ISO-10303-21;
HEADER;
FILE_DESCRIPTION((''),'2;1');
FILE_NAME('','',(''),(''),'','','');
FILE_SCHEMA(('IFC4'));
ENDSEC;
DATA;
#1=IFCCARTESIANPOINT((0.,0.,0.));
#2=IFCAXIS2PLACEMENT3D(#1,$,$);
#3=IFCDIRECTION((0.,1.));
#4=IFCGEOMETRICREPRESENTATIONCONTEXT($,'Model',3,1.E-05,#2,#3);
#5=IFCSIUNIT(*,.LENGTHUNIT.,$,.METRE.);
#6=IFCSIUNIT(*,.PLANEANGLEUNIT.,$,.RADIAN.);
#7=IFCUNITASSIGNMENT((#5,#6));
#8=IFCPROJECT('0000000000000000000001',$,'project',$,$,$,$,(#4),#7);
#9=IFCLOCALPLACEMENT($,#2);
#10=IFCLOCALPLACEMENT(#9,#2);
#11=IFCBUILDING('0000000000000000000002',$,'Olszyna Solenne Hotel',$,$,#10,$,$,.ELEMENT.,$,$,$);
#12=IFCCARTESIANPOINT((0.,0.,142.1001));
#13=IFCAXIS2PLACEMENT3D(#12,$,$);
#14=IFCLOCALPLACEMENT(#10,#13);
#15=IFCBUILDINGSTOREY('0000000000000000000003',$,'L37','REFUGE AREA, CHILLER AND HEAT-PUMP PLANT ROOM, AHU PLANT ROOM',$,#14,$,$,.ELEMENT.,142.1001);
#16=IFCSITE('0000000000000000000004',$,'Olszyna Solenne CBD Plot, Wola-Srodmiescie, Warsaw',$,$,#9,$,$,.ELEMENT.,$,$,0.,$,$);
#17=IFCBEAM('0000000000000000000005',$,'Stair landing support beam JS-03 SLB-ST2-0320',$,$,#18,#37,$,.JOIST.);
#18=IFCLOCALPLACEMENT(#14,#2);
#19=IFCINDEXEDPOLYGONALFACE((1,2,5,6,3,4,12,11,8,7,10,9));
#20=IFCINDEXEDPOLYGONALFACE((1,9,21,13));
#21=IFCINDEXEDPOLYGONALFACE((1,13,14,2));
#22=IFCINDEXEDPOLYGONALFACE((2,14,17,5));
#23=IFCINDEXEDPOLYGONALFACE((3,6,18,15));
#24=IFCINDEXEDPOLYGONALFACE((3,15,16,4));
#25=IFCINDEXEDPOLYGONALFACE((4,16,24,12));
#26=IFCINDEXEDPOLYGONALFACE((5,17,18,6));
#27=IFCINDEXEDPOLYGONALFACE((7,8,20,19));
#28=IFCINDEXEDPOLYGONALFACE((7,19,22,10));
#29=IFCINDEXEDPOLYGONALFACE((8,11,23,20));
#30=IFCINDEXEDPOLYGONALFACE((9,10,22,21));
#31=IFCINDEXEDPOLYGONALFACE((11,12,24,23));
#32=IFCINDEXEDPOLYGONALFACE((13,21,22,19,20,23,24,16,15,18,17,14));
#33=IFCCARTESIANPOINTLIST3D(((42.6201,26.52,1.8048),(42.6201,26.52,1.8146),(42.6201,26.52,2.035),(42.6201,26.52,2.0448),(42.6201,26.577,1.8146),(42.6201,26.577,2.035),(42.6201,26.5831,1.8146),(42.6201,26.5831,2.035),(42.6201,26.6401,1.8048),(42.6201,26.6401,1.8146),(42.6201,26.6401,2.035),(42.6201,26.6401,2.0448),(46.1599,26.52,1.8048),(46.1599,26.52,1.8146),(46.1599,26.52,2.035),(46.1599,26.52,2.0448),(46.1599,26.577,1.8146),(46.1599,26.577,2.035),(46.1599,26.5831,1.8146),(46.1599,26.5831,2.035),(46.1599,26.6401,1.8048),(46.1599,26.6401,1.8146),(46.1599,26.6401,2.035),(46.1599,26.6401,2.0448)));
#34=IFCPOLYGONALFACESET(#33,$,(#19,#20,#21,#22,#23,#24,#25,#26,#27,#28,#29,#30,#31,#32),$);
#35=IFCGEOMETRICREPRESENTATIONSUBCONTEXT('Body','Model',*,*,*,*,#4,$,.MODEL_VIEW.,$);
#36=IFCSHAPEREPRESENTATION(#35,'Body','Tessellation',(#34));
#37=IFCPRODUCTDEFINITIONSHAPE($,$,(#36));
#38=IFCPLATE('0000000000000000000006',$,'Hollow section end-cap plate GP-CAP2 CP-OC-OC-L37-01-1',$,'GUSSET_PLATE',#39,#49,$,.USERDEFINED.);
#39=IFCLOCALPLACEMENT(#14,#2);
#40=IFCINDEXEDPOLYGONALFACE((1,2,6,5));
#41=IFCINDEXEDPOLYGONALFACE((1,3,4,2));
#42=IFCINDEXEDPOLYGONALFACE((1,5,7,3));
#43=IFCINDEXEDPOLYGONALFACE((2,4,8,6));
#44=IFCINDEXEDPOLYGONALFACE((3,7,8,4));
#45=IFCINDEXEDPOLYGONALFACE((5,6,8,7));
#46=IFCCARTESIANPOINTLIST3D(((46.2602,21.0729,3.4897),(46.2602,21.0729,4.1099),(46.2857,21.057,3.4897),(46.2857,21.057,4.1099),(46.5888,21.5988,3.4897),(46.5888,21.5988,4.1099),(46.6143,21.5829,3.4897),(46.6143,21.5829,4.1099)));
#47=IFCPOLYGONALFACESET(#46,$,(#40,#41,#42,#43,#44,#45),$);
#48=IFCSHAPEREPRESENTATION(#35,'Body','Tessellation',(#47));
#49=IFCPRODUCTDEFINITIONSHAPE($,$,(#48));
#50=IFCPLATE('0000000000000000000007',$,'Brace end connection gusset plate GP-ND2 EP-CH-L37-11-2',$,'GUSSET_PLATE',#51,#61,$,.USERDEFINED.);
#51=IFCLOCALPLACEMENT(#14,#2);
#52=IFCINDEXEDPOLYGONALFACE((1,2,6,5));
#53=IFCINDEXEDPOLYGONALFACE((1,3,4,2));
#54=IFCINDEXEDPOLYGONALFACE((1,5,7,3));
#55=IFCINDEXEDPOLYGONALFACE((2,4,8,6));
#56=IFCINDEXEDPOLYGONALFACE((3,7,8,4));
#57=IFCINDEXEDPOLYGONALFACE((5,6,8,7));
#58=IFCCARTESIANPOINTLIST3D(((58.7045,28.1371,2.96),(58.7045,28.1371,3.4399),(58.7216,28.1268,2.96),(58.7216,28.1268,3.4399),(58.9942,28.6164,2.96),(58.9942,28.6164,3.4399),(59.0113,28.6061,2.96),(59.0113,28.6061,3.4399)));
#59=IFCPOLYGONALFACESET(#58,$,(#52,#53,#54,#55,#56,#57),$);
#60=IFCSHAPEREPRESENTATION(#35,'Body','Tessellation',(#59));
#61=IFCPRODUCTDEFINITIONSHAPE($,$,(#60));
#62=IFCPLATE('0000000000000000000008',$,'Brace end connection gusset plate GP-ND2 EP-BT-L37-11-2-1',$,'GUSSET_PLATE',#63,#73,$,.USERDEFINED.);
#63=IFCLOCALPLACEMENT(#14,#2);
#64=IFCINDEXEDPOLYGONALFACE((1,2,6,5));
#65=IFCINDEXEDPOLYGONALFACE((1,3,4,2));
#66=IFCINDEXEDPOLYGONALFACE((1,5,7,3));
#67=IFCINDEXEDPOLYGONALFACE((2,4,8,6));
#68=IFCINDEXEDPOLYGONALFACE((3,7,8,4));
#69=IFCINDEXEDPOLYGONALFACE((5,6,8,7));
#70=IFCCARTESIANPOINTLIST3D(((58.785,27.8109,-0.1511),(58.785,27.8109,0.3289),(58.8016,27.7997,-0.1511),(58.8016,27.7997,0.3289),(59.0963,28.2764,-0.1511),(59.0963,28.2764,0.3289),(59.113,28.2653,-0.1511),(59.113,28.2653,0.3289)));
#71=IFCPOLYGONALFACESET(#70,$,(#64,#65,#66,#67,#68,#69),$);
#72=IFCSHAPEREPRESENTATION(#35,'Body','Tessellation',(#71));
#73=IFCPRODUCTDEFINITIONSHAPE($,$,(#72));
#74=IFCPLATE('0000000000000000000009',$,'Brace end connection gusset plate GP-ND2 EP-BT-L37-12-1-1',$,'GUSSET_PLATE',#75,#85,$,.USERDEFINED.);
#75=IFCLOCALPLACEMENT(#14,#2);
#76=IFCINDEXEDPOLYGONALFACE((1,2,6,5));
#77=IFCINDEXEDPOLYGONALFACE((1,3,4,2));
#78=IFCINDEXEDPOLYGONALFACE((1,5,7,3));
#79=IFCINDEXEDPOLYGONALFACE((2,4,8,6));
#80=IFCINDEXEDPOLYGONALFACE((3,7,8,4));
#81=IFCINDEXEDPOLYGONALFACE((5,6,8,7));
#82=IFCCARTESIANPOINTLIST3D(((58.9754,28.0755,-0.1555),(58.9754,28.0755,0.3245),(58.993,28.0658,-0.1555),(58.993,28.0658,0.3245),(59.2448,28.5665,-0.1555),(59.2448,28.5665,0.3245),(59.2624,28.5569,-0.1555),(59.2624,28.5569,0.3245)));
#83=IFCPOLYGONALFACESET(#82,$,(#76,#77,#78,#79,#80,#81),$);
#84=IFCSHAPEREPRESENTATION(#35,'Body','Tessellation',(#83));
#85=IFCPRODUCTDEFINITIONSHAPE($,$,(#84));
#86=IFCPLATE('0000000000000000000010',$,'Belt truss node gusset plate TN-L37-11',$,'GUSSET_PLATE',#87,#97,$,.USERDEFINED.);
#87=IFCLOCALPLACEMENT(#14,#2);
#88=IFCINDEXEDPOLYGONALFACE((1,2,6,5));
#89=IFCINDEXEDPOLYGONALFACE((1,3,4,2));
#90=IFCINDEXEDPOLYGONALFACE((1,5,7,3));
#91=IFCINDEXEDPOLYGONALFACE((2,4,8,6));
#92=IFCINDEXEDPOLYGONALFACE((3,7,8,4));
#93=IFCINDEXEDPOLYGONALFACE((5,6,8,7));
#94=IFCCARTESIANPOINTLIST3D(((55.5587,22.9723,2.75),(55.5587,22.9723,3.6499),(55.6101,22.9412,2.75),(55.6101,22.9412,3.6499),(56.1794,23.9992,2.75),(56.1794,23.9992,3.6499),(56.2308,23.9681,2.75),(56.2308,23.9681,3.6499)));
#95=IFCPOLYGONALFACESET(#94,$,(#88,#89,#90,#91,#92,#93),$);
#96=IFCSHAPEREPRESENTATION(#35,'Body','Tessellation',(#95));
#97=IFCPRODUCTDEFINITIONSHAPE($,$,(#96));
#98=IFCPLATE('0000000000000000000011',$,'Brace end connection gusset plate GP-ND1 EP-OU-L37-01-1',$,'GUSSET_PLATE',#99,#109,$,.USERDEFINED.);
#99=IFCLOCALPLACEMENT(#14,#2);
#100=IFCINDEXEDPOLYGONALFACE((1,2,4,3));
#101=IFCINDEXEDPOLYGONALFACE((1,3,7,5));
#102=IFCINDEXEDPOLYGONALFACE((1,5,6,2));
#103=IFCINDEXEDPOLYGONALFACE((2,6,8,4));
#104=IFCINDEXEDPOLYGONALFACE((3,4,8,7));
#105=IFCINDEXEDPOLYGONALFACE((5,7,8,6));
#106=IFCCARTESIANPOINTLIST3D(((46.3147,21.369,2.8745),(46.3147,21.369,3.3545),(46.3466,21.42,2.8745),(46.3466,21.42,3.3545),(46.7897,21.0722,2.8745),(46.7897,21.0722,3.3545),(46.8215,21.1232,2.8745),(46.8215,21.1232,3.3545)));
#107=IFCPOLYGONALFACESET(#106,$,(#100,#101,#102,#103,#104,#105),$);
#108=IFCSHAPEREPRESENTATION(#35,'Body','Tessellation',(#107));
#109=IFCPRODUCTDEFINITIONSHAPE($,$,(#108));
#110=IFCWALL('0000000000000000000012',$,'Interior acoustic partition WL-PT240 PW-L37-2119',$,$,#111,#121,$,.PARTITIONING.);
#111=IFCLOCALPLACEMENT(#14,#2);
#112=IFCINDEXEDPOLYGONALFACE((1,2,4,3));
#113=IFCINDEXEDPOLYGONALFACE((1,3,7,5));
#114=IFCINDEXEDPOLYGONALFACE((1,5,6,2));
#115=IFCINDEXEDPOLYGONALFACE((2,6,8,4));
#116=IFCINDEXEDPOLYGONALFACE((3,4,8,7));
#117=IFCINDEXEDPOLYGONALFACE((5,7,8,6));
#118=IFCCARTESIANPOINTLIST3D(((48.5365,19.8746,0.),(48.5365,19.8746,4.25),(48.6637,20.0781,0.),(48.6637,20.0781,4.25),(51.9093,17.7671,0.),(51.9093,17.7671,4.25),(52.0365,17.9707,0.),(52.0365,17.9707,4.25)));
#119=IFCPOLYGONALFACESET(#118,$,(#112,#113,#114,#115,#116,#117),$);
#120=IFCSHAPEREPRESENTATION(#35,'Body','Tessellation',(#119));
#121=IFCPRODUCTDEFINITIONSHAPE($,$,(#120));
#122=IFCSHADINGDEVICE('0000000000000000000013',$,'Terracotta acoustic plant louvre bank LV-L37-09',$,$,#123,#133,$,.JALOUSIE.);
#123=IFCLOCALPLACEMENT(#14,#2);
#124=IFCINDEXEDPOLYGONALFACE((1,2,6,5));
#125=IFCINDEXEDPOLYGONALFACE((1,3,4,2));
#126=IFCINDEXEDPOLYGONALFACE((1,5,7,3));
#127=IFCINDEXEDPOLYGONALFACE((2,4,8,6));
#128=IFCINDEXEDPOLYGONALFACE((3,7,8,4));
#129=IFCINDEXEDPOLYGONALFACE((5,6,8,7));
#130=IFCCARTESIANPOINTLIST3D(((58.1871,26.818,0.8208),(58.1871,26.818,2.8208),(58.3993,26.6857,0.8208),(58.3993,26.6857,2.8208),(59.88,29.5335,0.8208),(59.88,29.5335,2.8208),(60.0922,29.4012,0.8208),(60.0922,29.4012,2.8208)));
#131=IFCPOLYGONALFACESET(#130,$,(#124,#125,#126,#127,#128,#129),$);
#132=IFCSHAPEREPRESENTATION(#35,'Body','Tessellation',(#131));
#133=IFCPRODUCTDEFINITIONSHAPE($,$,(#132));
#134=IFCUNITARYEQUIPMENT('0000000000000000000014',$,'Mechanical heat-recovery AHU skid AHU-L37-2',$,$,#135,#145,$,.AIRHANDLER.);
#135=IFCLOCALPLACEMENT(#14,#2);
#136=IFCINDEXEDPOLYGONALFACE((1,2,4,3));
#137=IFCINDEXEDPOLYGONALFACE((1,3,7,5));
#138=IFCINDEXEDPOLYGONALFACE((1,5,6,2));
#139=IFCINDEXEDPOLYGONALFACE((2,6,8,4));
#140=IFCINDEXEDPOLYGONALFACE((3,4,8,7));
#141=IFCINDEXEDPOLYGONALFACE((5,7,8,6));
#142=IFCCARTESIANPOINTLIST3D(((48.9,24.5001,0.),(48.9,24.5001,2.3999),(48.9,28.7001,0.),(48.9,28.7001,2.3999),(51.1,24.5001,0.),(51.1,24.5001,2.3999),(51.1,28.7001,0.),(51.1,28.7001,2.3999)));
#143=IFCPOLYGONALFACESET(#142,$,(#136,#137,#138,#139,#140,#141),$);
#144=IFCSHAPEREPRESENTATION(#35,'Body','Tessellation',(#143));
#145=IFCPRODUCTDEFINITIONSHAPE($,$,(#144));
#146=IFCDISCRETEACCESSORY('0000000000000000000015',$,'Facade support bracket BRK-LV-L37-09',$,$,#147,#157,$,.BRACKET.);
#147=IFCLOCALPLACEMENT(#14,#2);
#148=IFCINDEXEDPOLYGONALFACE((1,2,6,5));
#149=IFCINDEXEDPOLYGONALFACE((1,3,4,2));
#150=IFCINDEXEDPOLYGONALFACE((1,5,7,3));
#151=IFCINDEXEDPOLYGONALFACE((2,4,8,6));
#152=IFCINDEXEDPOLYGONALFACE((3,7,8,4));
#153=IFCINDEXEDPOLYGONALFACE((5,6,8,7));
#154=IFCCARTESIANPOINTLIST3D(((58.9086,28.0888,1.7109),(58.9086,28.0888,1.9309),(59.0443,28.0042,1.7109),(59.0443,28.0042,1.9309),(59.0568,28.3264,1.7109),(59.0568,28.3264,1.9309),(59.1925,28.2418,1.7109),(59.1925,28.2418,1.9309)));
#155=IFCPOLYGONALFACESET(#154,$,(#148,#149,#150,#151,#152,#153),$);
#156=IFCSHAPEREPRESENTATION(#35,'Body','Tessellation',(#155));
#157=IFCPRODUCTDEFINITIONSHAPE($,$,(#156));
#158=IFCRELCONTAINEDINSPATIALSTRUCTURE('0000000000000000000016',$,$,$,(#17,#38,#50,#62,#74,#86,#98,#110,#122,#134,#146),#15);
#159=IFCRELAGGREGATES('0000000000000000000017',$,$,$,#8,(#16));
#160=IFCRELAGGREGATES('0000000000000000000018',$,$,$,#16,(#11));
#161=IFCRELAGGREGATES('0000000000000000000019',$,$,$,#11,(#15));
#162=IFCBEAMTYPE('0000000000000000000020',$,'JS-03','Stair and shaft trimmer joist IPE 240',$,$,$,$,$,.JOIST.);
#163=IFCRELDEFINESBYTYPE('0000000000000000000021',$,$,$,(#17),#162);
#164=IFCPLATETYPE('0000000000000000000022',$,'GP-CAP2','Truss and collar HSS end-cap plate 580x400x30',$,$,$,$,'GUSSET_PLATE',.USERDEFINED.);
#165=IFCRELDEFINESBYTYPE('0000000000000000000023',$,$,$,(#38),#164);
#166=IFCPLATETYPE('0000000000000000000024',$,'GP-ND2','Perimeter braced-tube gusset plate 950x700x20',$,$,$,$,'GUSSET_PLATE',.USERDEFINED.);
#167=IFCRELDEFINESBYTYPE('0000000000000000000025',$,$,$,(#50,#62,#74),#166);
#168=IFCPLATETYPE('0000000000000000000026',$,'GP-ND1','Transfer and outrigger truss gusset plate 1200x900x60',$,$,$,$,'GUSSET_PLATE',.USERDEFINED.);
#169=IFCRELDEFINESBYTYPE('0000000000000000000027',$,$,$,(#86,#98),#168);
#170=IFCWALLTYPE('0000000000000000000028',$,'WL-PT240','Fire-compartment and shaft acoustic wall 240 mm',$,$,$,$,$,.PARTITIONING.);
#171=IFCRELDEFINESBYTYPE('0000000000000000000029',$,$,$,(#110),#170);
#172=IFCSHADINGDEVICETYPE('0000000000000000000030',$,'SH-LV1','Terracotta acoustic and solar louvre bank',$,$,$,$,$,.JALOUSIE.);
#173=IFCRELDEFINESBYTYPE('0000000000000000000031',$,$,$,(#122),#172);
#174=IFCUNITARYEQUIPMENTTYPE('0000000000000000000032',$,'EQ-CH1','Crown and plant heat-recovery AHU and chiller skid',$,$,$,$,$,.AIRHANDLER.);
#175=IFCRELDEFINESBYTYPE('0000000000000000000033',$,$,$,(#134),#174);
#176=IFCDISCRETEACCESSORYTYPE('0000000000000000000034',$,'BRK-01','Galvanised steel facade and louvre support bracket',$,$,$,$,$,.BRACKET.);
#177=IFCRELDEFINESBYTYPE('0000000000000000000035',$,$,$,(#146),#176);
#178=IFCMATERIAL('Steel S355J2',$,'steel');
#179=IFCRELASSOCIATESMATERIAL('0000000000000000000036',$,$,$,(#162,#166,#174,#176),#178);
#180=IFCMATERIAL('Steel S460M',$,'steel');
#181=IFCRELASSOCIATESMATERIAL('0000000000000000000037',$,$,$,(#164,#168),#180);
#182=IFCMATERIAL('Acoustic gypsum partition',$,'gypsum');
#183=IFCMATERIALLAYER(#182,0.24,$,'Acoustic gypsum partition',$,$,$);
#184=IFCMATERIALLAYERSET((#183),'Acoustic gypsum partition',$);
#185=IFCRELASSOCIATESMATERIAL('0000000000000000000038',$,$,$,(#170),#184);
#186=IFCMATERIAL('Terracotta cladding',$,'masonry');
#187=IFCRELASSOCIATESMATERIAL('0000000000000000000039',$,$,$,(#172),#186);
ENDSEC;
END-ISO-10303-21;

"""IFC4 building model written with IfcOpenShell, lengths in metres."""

from ifc_helpers import new_model, si_unit, direction, frame, frame_2d, origin, origin_2d, place, context, subcontext, project, spatial, rectangle, i_section, extrude, source, transform, mapped, material, layer, layer_set, material_profile, profile_set, type_object, element, save


model = new_model("IFC4")

# Units and contexts
model_context = context("Model", 3, precision=1e-05, world=origin(), true_north=direction((0.0, 1.0)))
body_context = subcontext(model_context, "Body", "Model", "MODEL_VIEW")
ifc_project = project(units=[si_unit("LENGTHUNIT", "METRE"), si_unit("PLANEANGLEUNIT", "RADIAN")], contexts=[model_context])

# Site, building, storey
site_placement = place(None, origin())
site = spatial("IfcSite", under=ifc_project, at=site_placement, Name="Olszyna Solenne CBD Plot, Wola-Srodmiescie, Warsaw", CompositionType="ELEMENT", RefElevation=0.0)
building_placement = place(site_placement, origin())
building = spatial("IfcBuilding", under=site, at=building_placement, Name="Olszyna Solenne Hotel", CompositionType="ELEMENT")
storey_placement = place(building_placement, frame((0.0, 0.0, 142.1001)))
storey = spatial("IfcBuildingStorey", under=building, at=storey_placement, Name="L37", Description="REFUGE AREA, CHILLER AND HEAT-PUMP PLANT ROOM, AHU PLANT ROOM", CompositionType="ELEMENT", Elevation=142.1001)

# Shared definitions
ifc_material_1 = material(Name="Steel S460M", Category="steel")

# Shared definitions
ifc_material_2 = material(Name="Steel S355J2", Category="steel")

# Beam
ifc_material_profile_1 = material_profile(ifc_material_2, i_section(OverallWidth=0.1201, OverallDepth=0.24, WebThickness=0.0061, FlangeThickness=0.0098, at=origin_2d()), Name="IPE 240", Category="load-bearing")
ifc_profile_set_1 = profile_set([ifc_material_profile_1], Name="Steel S355J2")
beam_type_1 = type_object("IfcBeamType", Name="JS-03", Description="Stair and shaft trimmer joist IPE 240", PredefinedType="JOIST", material=ifc_profile_set_1)
shared_shape_1 = source(origin(), body_context, "Body", "SweptSolid", [
    extrude(i_section(OverallWidth=0.1201, OverallDepth=0.24, WebThickness=0.0061, FlangeThickness=0.0098, at=origin_2d()), origin(), (0.0, 0.0, 1.0), 3.5398),
])
for number, where, z_axis, x_axis, name in (
    (1, (46.1599, 26.5801, 1.9248), (-1.0, 0.0, 0.0), (0.0, -1.0, 0.0), "Stair landing support beam JS-03 SLB-ST2-0320"),
):
    element("IfcBeam", number, at=place(storey_placement, frame(where, z_axis=z_axis, x_axis=x_axis)), inside=storey, type_object=beam_type_1, Name=name, PredefinedType="JOIST", context=body_context, shape_type="MappedRepresentation", body=[
        mapped(shared_shape_1, transform((0.0, 0.0, 0.0), x_axis=(1.0, 0.0, 0.0), y_axis=(0.0, 1.0, 0.0), z_axis=(0.0, 0.0, 1.0), scale=1.0)),
    ])

# Plates
plate_type_1 = type_object("IfcPlateType", Name="GP-CAP2", Description="Truss and collar HSS end-cap plate 580x400x30", ElementType="GUSSET_PLATE", PredefinedType="USERDEFINED", material=ifc_material_1)
shared_shape_2 = source(origin(), body_context, "Body", "SweptSolid", [
    extrude(rectangle(XDim=0.03, YDim=0.6201, at=origin_2d()), origin(), (0.0, 0.0, 1.0), 0.6201),
])
plate_1_placement = place(storey_placement, frame((46.4373, 21.3279, 3.4897), z_axis=(0.0, 0.0, 1.0), x_axis=(0.848048, -0.529919, 0.0)))
element("IfcPlate", 2, at=plate_1_placement, inside=storey, type_object=plate_type_1, Name="Hollow section end-cap plate GP-CAP2 CP-OC-OC-L37-01-1", ObjectType="GUSSET_PLATE", PredefinedType="USERDEFINED", context=body_context, shape_type="MappedRepresentation", body=[
    mapped(shared_shape_2, transform((0.0, 0.0, 0.0), x_axis=(1.0, 0.0, 0.0), y_axis=(0.0, 1.0, 0.0), z_axis=(0.0, 0.0, 1.0), scale=1.0)),
])
plate_type_2 = type_object("IfcPlateType", Name="GP-ND2", Description="Perimeter braced-tube gusset plate 950x700x20", ElementType="GUSSET_PLATE", PredefinedType="USERDEFINED", material=ifc_material_2)
shared_shape_3 = source(origin(), body_context, "Body", "SweptSolid", [
    extrude(rectangle(XDim=0.5601, YDim=0.02, at=origin_2d()), origin(), (0.0, 0.0, 1.0), 0.48),
])
for number, where, z_axis, x_axis, name in (
    (3, (58.8579, 28.3716, 2.96), (0.0, 0.0, 1.0), (0.51728, 0.855816, 0.0), "Brace end connection gusset plate GP-ND2 EP-CH-L37-11-2"),
    (4, (58.949, 28.0381, -0.1511), (0.0, 0.0, 1.0), (-0.55586, -0.831276, 0.0), "Brace end connection gusset plate GP-ND2 EP-BT-L37-11-2-1"),
    (5, (59.1189, 28.3162, -0.1555), (0.0, 0.0, 1.0), (0.480989, 0.876727, 0.0), "Brace end connection gusset plate GP-ND2 EP-BT-L37-12-1-1"),
):
    element("IfcPlate", number, at=place(storey_placement, frame(where, z_axis=z_axis, x_axis=x_axis)), inside=storey, type_object=plate_type_2, Name=name, ObjectType="GUSSET_PLATE", PredefinedType="USERDEFINED", context=body_context, shape_type="MappedRepresentation", body=[
        mapped(shared_shape_3, transform((0.0, 0.0, 0.0), x_axis=(1.0, 0.0, 0.0), y_axis=(0.0, 1.0, 0.0), z_axis=(0.0, 0.0, 1.0), scale=1.0)),
    ])
plate_type_3 = type_object("IfcPlateType", Name="GP-ND1", Description="Transfer and outrigger truss gusset plate 1200x900x60", ElementType="GUSSET_PLATE", PredefinedType="USERDEFINED", material=ifc_material_1)
shared_shape_4 = source(origin(), body_context, "Body", "SweptSolid", [
    extrude(rectangle(XDim=1.2, YDim=0.0601, at=origin_2d()), origin(), (0.0, 0.0, 1.0), 0.8999),
])
plate_2_placement = place(storey_placement, frame((55.8948, 23.4702, 2.75), z_axis=(0.0, 0.0, 1.0), x_axis=(0.51728, 0.855816, 0.0)))
element("IfcPlate", 6, at=plate_2_placement, inside=storey, type_object=plate_type_3, Name="Belt truss node gusset plate TN-L37-11", ObjectType="GUSSET_PLATE", PredefinedType="USERDEFINED", context=body_context, shape_type="MappedRepresentation", body=[
    mapped(shared_shape_4, transform((0.0, 0.0, 0.0), x_axis=(1.0, 0.0, 0.0), y_axis=(0.0, 1.0, 0.0), z_axis=(0.0, 0.0, 1.0), scale=1.0)),
])
shared_shape_5 = source(origin(), body_context, "Body", "SweptSolid", [
    extrude(rectangle(XDim=0.5601, YDim=0.0601, at=origin_2d()), origin(), (0.0, 0.0, 1.0), 0.48),
])
plate_3_placement = place(storey_placement, frame((46.5681, 21.2461, 2.8745), z_axis=(0.0, 0.0, 1.0), x_axis=(0.848048, -0.529919, 0.0)))
element("IfcPlate", 7, at=plate_3_placement, inside=storey, type_object=plate_type_3, Name="Brace end connection gusset plate GP-ND1 EP-OU-L37-01-1", ObjectType="GUSSET_PLATE", PredefinedType="USERDEFINED", context=body_context, shape_type="MappedRepresentation", body=[
    mapped(shared_shape_5, transform((0.0, 0.0, 0.0), x_axis=(1.0, 0.0, 0.0), y_axis=(0.0, 1.0, 0.0), z_axis=(0.0, 0.0, 1.0), scale=1.0)),
])

# Wall
ifc_material_3 = material(Name="Acoustic gypsum partition", Category="gypsum")
ifc_layer = layer(ifc_material_3, 0.24, Name="Acoustic gypsum partition")
ifc_layer_set = layer_set([ifc_layer], Name="Acoustic gypsum partition")
wall_type = type_object("IfcWallType", Name="WL-PT240", Description="Fire-compartment and shaft acoustic wall 240 mm", PredefinedType="PARTITIONING", material=ifc_layer_set)
wall_placement = place(storey_placement, frame((48.6001, 19.9763, 0.0), z_axis=(0.0, 0.0, 1.0), x_axis=(0.848064, -0.529894, 0.0)))
element("IfcWall", 8, at=wall_placement, inside=storey, type_object=wall_type, Name="Interior acoustic partition WL-PT240 PW-L37-2119", PredefinedType="PARTITIONING", context=body_context, shape_type="SweptSolid", body=[
    extrude(rectangle(XDim=3.9771, YDim=0.24, at=frame_2d((1.9885, 0.0))), origin(), (0.0, 0.0, 1.0), 4.25),
])

# Shading device
ifc_material_4 = material(Name="Terracotta cladding", Category="masonry")
shading_device_type = type_object("IfcShadingDeviceType", Name="SH-LV1", Description="Terracotta acoustic and solar louvre bank", PredefinedType="JALOUSIE", material=ifc_material_4)
shared_shape_6 = source(origin(), body_context, "Body", "SweptSolid", [
    extrude(rectangle(XDim=3.2, YDim=0.25, at=origin_2d()), origin(), (0.0, 0.0, 1.0), 2.0),
])
shading_device_placement = place(storey_placement, frame((59.1396, 28.1096, 0.8208), z_axis=(0.0, 0.0, 1.0), x_axis=(-0.529031, -0.848603, 0.0)))
element("IfcShadingDevice", 9, at=shading_device_placement, inside=storey, type_object=shading_device_type, Name="Terracotta acoustic plant louvre bank LV-L37-09", PredefinedType="JALOUSIE", context=body_context, shape_type="MappedRepresentation", body=[
    mapped(shared_shape_6, transform((0.0, 0.0, 0.0), x_axis=(1.0, 0.0, 0.0), y_axis=(0.0, 1.0, 0.0), z_axis=(0.0, 0.0, 1.0), scale=1.0)),
])

# Unitary equipment
unitary_equipment_type = type_object("IfcUnitaryEquipmentType", Name="EQ-CH1", Description="Crown and plant heat-recovery AHU and chiller skid", PredefinedType="AIRHANDLER", material=ifc_material_2)
shared_shape_7 = source(origin(), body_context, "Body", "SweptSolid", [
    extrude(rectangle(XDim=4.2, YDim=2.2, at=origin_2d()), origin(), (0.0, 0.0, 1.0), 2.3999),
])
unitary_equipment_placement = place(storey_placement, frame((50.0, 26.6001, 0.0), z_axis=(0.0, 0.0, 1.0), x_axis=(0.0, 1.0, 0.0)))
element("IfcUnitaryEquipment", 10, at=unitary_equipment_placement, inside=storey, type_object=unitary_equipment_type, Name="Mechanical heat-recovery AHU skid AHU-L37-2", PredefinedType="AIRHANDLER", context=body_context, shape_type="MappedRepresentation", body=[
    mapped(shared_shape_7, transform((0.0, 0.0, 0.0), x_axis=(1.0, 0.0, 0.0), y_axis=(0.0, 1.0, 0.0), z_axis=(0.0, 0.0, 1.0), scale=1.0)),
])

# Discrete accessory
discrete_accessory_type = type_object("IfcDiscreteAccessoryType", Name="BRK-01", Description="Galvanised steel facade and louvre support bracket", PredefinedType="BRACKET", material=ifc_material_2)
shared_shape_8 = source(origin(), body_context, "Body", "SweptSolid", [
    extrude(rectangle(XDim=0.28, YDim=0.1599, at=origin_2d()), origin(), (0.0, 0.0, 1.0), 0.22),
])
discrete_accessory_placement = place(storey_placement, frame((59.0505, 28.1653, 1.7109), z_axis=(0.0, 0.0, 1.0), x_axis=(-0.529031, -0.848603, 0.0)))
element("IfcDiscreteAccessory", 11, at=discrete_accessory_placement, inside=storey, type_object=discrete_accessory_type, Name="Facade support bracket BRK-LV-L37-09", PredefinedType="BRACKET", context=body_context, shape_type="MappedRepresentation", body=[
    mapped(shared_shape_8, transform((0.0, 0.0, 0.0), x_axis=(1.0, 0.0, 0.0), y_axis=(0.0, 1.0, 0.0), z_axis=(0.0, 0.0, 1.0), scale=1.0)),
])

save(model, "model.ifc")
